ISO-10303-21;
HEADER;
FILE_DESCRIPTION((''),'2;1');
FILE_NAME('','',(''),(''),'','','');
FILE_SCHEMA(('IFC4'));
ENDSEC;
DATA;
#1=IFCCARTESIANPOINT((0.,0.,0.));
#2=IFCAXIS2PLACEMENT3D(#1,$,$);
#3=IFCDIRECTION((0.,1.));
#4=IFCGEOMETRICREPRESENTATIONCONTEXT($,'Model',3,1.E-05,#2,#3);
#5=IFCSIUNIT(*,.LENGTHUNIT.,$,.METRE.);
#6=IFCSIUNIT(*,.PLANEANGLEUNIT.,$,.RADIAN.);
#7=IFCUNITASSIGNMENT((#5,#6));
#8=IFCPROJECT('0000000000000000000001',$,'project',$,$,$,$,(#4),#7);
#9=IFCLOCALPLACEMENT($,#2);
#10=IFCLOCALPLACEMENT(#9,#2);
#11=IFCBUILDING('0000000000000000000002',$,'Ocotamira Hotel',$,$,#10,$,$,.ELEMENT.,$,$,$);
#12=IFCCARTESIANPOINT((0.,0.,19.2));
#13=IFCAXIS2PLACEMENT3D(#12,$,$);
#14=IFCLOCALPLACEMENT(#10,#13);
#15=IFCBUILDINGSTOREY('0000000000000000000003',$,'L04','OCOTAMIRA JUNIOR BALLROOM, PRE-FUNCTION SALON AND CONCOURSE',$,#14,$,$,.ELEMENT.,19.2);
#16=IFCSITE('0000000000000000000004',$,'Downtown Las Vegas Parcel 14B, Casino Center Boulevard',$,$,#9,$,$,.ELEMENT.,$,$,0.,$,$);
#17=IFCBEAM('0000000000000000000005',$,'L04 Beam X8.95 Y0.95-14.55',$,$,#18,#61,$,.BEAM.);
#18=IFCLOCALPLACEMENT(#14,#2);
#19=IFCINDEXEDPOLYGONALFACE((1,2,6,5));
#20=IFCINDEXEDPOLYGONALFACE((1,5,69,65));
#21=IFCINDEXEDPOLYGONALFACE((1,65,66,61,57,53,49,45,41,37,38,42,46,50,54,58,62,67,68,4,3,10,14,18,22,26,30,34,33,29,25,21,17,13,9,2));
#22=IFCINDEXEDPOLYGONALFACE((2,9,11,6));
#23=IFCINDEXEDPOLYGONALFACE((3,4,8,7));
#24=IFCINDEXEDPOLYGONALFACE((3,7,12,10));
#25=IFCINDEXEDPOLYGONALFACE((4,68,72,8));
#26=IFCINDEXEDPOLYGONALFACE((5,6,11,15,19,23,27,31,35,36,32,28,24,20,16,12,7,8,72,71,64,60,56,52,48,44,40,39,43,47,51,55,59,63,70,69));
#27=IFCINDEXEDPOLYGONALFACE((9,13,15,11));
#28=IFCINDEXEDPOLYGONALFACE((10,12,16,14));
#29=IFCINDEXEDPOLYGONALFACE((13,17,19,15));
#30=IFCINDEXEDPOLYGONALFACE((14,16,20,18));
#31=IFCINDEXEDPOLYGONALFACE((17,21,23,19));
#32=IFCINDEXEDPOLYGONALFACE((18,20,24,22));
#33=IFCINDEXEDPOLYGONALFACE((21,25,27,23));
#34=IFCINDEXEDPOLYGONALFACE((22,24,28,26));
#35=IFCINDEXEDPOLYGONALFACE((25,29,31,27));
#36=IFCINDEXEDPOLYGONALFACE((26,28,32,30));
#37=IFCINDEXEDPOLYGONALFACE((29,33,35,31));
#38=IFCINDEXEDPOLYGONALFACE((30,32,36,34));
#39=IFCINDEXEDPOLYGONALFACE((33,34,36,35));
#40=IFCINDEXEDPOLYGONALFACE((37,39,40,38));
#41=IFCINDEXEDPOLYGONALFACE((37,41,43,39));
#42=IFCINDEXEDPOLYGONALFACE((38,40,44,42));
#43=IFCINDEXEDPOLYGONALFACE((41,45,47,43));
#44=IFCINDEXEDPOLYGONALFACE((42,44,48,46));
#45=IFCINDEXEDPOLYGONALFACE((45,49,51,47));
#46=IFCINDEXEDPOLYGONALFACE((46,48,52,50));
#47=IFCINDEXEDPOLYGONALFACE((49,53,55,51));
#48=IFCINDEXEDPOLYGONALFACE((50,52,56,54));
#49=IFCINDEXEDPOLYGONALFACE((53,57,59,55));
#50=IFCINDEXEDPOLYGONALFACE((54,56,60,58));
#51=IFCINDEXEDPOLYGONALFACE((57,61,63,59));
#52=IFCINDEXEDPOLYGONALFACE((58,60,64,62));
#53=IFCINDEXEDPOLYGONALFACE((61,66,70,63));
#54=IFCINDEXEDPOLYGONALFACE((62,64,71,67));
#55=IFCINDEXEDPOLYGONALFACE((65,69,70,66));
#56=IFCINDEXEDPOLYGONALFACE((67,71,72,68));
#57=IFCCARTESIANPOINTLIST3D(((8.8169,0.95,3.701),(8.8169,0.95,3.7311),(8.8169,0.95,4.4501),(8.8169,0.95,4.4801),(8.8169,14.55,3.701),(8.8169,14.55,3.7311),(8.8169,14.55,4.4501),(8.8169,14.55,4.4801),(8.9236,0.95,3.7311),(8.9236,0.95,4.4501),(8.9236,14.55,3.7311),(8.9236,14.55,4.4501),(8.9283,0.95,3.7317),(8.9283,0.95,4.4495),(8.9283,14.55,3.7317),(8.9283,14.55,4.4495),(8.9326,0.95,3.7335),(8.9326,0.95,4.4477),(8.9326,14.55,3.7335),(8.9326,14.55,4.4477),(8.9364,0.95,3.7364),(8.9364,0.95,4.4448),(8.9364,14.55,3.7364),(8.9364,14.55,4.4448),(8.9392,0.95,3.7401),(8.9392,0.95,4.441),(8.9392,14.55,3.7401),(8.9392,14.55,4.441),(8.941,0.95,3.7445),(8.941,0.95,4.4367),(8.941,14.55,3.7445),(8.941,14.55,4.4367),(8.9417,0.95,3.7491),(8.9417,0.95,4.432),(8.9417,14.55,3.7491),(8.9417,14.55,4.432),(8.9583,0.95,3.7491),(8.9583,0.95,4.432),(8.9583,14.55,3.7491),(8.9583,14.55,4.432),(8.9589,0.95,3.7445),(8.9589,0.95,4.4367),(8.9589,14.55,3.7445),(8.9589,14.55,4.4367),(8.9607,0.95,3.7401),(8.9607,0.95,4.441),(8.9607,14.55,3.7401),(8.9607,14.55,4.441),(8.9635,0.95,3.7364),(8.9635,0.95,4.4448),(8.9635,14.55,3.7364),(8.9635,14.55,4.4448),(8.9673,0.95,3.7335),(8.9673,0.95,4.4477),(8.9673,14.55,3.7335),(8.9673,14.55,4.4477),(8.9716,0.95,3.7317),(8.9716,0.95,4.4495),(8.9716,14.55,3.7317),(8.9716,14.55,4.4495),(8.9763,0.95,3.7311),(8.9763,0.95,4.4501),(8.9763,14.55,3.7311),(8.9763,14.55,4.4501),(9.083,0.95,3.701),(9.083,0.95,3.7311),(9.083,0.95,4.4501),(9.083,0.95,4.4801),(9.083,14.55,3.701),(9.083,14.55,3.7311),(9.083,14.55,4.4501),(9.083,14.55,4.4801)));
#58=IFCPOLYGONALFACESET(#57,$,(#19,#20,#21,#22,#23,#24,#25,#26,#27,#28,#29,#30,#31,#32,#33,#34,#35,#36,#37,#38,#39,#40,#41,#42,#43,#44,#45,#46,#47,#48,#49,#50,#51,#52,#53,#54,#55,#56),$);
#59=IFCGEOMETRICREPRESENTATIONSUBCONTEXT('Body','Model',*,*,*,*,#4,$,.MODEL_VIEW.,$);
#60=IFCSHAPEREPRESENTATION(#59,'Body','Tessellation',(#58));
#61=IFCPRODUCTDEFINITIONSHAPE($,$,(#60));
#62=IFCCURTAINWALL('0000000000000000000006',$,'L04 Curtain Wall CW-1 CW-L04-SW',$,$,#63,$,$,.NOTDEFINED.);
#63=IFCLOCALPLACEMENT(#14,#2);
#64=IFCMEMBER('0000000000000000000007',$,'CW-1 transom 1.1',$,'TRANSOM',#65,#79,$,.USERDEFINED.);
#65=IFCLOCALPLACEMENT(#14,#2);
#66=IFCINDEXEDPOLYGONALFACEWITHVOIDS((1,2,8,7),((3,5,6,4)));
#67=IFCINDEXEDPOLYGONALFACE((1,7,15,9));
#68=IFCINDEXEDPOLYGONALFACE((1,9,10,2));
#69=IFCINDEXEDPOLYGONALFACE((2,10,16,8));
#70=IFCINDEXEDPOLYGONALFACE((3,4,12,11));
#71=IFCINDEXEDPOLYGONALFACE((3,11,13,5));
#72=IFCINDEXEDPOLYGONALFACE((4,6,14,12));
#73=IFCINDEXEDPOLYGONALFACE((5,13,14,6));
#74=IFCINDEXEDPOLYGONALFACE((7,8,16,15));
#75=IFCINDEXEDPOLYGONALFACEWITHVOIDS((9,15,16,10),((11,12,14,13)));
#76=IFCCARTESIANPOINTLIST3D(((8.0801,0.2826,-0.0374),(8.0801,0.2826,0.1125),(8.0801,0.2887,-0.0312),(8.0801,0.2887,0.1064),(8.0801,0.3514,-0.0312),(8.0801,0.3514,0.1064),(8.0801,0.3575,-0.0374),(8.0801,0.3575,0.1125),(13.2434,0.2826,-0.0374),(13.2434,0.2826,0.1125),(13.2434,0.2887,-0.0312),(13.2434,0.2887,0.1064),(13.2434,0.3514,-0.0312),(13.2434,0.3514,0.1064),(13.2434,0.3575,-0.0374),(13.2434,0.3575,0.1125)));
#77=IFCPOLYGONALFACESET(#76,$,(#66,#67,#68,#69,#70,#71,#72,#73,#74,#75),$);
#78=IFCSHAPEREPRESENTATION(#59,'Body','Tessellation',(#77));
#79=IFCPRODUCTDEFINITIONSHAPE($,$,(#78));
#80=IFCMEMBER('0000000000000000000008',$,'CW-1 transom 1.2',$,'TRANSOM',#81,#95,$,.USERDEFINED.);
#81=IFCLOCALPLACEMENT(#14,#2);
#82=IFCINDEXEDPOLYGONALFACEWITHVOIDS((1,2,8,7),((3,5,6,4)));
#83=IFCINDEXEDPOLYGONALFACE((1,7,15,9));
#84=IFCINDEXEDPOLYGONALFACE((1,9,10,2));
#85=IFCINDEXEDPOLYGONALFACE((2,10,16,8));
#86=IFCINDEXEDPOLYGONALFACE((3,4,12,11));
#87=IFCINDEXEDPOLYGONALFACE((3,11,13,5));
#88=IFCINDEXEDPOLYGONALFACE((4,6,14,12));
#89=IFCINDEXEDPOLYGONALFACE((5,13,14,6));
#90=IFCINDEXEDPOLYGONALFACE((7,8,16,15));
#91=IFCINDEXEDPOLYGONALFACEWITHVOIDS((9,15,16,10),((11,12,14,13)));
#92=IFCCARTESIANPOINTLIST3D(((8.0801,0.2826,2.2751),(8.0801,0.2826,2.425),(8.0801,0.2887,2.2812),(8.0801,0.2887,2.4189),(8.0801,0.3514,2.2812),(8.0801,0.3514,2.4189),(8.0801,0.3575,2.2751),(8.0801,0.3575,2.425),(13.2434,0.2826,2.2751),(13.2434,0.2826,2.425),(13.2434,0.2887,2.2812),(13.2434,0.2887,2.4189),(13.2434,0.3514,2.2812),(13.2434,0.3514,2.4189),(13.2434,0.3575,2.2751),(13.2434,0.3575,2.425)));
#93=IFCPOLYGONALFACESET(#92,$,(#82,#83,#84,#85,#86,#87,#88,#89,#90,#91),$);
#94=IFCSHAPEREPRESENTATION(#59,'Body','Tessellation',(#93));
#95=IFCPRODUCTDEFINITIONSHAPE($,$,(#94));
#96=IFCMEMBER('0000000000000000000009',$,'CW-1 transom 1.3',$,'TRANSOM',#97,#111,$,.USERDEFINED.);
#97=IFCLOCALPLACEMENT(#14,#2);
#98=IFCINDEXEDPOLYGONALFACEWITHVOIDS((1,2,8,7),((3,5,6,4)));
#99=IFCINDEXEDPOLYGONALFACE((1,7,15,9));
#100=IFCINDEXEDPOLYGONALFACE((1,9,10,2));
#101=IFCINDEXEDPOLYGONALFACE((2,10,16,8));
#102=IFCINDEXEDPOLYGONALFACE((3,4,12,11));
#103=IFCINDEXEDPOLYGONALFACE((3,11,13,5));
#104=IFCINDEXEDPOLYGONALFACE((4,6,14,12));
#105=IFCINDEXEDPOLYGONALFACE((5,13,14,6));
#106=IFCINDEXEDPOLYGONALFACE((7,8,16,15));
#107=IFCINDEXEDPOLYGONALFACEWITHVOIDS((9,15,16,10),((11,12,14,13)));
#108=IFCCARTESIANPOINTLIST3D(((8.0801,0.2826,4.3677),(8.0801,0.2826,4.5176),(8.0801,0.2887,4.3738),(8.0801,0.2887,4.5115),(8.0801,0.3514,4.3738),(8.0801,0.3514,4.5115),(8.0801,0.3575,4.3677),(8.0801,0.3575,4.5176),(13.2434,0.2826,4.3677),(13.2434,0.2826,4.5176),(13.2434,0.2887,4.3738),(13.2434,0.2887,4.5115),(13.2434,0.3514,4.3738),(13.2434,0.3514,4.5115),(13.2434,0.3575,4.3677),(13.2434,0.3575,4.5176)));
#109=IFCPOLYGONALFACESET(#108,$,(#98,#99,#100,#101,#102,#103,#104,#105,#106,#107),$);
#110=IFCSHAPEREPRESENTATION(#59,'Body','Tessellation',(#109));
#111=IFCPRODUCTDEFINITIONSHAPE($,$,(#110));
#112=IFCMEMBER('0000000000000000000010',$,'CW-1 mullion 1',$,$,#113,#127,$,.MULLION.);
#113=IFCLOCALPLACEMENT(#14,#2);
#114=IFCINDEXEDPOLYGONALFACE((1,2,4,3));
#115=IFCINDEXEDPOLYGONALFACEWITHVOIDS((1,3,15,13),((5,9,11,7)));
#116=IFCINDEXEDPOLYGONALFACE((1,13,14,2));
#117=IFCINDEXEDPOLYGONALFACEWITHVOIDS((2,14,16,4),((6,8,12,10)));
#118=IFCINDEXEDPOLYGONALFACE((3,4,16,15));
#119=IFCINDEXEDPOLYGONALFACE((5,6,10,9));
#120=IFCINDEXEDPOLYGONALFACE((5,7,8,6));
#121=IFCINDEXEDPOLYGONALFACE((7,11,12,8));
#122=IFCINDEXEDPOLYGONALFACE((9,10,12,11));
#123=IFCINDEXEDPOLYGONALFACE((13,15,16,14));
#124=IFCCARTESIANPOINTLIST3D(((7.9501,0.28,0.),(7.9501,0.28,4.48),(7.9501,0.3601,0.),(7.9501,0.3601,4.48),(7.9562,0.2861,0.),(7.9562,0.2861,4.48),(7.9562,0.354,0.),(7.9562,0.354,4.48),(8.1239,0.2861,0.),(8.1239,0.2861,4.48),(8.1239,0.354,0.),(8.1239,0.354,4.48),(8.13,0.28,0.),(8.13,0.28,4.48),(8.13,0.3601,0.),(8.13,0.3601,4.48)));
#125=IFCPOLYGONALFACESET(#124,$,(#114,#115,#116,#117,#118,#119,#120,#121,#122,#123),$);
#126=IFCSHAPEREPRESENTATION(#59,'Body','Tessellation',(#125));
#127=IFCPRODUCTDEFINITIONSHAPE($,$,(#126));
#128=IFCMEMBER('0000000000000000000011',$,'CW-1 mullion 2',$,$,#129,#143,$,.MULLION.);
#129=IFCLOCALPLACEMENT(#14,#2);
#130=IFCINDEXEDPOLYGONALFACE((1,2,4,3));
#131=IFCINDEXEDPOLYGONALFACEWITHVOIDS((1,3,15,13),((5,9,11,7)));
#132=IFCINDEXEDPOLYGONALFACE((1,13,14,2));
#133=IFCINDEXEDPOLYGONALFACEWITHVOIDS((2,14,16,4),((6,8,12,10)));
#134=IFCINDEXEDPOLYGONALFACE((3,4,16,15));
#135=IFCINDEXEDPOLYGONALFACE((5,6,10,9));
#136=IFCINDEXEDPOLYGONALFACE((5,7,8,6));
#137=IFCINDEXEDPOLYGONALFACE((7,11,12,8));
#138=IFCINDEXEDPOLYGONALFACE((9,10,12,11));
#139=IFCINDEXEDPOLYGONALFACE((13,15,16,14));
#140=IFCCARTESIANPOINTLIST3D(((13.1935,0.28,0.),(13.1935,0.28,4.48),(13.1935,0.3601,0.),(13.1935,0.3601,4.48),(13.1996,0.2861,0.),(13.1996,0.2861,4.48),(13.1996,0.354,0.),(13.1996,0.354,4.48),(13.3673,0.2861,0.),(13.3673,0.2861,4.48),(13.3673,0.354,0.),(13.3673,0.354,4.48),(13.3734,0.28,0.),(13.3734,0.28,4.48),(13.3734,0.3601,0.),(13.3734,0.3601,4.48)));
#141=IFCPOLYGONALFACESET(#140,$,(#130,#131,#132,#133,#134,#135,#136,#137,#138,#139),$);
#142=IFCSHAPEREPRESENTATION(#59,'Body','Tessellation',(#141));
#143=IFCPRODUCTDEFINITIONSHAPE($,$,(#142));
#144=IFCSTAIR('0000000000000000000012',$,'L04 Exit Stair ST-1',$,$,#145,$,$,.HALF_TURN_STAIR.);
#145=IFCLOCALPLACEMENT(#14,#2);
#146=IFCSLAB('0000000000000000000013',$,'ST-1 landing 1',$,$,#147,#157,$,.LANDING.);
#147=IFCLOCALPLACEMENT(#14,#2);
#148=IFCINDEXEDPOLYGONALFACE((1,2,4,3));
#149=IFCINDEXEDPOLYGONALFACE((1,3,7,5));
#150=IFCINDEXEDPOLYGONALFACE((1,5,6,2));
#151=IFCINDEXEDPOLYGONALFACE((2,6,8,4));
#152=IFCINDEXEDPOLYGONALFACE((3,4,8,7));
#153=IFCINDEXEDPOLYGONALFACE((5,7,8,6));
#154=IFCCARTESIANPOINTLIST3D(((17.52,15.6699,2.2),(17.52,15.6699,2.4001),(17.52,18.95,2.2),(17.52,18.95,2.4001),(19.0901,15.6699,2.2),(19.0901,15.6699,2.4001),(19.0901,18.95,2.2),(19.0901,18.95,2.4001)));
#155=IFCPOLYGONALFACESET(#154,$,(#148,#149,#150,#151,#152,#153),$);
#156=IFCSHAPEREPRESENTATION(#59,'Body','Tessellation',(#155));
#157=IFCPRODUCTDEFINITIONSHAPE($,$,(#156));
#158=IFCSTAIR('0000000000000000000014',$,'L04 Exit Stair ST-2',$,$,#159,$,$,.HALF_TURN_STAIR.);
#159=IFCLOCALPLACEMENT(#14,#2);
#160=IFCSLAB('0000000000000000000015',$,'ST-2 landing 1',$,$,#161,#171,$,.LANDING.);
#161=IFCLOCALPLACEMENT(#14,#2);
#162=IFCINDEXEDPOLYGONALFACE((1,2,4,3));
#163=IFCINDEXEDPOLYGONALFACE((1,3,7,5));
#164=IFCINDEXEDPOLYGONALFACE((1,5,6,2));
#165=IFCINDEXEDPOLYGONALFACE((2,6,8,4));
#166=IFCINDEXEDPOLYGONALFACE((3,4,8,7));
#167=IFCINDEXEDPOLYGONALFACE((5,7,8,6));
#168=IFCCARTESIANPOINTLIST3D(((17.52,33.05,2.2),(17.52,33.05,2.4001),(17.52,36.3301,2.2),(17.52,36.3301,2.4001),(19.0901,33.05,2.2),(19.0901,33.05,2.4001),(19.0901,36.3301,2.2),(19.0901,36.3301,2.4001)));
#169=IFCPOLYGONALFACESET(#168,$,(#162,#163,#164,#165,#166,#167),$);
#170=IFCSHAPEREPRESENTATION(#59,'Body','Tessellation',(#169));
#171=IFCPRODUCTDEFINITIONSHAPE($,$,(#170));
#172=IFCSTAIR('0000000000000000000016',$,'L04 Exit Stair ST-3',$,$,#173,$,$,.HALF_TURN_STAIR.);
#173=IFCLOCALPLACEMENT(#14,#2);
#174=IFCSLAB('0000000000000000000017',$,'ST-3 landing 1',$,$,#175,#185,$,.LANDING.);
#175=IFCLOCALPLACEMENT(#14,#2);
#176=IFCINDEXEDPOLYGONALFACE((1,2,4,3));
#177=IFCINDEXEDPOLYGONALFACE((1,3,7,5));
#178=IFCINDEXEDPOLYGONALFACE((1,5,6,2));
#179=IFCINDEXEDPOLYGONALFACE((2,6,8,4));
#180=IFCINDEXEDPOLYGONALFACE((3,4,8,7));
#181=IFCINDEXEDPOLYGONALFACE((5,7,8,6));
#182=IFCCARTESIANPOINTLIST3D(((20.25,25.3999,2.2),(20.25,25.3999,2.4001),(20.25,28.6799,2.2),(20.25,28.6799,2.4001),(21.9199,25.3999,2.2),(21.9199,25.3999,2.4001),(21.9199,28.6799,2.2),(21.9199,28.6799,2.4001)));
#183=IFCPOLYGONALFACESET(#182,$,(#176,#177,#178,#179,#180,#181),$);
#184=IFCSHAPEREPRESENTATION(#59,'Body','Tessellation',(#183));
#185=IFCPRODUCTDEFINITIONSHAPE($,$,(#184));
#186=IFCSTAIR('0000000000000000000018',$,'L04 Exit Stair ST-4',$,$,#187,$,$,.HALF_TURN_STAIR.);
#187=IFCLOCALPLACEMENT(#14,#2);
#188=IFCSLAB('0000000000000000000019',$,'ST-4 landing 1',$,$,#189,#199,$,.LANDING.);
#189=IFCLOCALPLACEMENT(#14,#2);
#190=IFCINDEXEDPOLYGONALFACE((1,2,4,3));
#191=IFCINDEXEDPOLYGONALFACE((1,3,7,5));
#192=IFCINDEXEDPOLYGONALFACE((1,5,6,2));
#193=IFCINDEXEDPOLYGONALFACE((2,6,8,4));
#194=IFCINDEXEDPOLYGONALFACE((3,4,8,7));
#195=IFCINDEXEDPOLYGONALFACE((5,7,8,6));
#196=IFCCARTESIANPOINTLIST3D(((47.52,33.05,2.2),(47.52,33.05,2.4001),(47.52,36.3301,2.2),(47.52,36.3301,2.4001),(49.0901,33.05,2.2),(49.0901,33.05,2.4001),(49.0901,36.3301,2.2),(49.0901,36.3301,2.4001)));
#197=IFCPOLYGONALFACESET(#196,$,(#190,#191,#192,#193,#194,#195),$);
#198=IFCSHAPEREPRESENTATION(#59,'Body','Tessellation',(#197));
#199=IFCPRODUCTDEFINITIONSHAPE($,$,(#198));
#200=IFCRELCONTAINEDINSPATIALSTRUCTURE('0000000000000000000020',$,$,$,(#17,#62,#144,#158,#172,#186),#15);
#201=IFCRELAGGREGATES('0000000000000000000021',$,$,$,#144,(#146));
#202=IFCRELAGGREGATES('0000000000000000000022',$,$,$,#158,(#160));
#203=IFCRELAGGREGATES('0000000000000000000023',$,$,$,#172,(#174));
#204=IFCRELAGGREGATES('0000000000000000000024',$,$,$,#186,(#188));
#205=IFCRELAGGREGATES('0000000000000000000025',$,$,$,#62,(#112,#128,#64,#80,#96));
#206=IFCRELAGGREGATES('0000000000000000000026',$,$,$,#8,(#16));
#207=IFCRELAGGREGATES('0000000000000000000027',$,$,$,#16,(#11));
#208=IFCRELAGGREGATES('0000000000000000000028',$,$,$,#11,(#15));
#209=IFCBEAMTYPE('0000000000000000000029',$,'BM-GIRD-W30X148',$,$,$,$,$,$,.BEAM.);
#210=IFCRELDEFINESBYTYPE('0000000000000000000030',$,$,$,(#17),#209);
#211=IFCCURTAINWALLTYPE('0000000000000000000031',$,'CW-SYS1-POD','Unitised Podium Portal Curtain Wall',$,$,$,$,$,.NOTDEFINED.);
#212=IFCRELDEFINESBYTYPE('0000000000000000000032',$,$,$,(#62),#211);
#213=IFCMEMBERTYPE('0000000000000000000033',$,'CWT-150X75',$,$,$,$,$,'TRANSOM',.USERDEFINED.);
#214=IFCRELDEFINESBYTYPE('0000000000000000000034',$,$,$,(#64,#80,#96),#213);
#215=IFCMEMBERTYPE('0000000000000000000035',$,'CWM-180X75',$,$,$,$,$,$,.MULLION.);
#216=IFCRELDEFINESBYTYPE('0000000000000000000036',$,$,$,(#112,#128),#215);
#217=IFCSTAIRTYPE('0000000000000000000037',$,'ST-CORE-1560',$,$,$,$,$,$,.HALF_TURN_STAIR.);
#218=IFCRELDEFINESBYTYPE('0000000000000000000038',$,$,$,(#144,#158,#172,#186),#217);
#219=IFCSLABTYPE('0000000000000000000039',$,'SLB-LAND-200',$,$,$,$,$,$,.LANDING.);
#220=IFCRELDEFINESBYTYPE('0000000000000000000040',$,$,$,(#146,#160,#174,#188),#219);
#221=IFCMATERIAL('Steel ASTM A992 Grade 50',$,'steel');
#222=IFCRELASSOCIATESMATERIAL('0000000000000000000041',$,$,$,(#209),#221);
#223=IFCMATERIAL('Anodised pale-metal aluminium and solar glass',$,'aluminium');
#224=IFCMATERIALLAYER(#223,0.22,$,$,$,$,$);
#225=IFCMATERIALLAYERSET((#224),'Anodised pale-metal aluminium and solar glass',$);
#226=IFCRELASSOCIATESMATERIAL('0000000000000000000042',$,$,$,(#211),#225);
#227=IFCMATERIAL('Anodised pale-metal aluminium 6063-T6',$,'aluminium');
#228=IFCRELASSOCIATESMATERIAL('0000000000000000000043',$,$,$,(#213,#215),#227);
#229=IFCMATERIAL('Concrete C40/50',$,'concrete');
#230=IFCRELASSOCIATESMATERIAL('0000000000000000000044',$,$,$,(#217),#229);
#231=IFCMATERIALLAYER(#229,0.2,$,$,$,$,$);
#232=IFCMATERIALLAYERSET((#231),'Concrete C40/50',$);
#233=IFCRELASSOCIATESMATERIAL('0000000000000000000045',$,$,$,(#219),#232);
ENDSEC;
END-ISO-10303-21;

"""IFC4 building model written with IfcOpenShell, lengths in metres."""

from ifc_helpers import new_model, si_unit, direction, frame, origin, origin_2d, place, context, subcontext, project, spatial, polyline, hollow_rectangle, i_section, outline, extrude, source, transform, mapped, material, layer, layer_set, material_profile, profile_set, type_object, element, aggregate, save


model = new_model("IFC4")

# Units and contexts
model_context = context("Model", 3, precision=1e-05, world=origin(), true_north=direction((0.0, 1.0)))
body_context = subcontext(model_context, "Body", "Model", "MODEL_VIEW")
ifc_project = project(units=[si_unit("LENGTHUNIT", "METRE"), si_unit("PLANEANGLEUNIT", "RADIAN")], contexts=[model_context])

# Site, building, storey
site_placement = place(None, origin())
site = spatial("IfcSite", under=ifc_project, at=site_placement, Name="Downtown Las Vegas Parcel 14B, Casino Center Boulevard", CompositionType="ELEMENT", RefElevation=0.0)
building_placement = place(site_placement, origin())
building = spatial("IfcBuilding", under=site, at=building_placement, Name="Ocotamira Hotel", CompositionType="ELEMENT")
storey_placement = place(building_placement, frame((0.0, 0.0, 19.2)))
storey = spatial("IfcBuildingStorey", under=building, at=storey_placement, Name="L04", Description="OCOTAMIRA JUNIOR BALLROOM, PRE-FUNCTION SALON AND CONCOURSE", CompositionType="ELEMENT", Elevation=19.2)

# Beam
ifc_material_1 = material(Name="Steel ASTM A992 Grade 50", Category="steel")
ifc_material_profile_1 = material_profile(ifc_material_1, i_section(OverallWidth=0.2661, OverallDepth=0.7791, WebThickness=0.0166, FlangeThickness=0.03, FilletRadius=0.0181, at=origin_2d()), Name="W30X148")
ifc_profile_set_1 = profile_set([ifc_material_profile_1], Name="Steel ASTM A992 Grade 50")
beam_type_1 = type_object("IfcBeamType", Name="BM-GIRD-W30X148", PredefinedType="BEAM", material=ifc_profile_set_1)
shared_shape_1 = source(origin(), body_context, "Body", "SweptSolid", [
    extrude(i_section(OverallWidth=0.2661, OverallDepth=0.7791, WebThickness=0.0166, FlangeThickness=0.03, FilletRadius=0.0181, at=origin_2d()), origin(), (0.0, 0.0, 1.0), 13.6001),
])
beam_1_placement = place(storey_placement, frame((8.95, 0.95, 4.0906), z_axis=(0.0, 1.0, 0.0), x_axis=(-1.0, 0.0, 0.0)))
element("IfcBeam", 1, at=beam_1_placement, inside=storey, type_object=beam_type_1, Name="L04 Beam X8.95 Y0.95-14.55", PredefinedType="BEAM", context=body_context, shape_type="MappedRepresentation", body=[
    mapped(shared_shape_1, transform((0.0, 0.0, 0.0), scale=1.0)),
])

# Curtain wall, members
ifc_material_2 = material(Name="Anodised pale-metal aluminium and solar glass", Category="aluminium")
ifc_layer_1 = layer(ifc_material_2, 0.22)
ifc_layer_set_1 = layer_set([ifc_layer_1], Name="Anodised pale-metal aluminium and solar glass")
curtain_wall_type = type_object("IfcCurtainWallType", Name="CW-SYS1-POD", Description="Unitised Podium Portal Curtain Wall", PredefinedType="NOTDEFINED", material=ifc_layer_set_1)
curtain_wall_placement = place(storey_placement, origin())
curtain_wall = element("IfcCurtainWall", 2, at=curtain_wall_placement, inside=storey, type_object=curtain_wall_type, Name="L04 Curtain Wall CW-1 CW-L04-SW", PredefinedType="NOTDEFINED")
ifc_material_3 = material(Name="Anodised pale-metal aluminium 6063-T6", Category="aluminium")
ifc_material_profile_2 = material_profile(ifc_material_3, hollow_rectangle(XDim=0.075, YDim=0.1499, WallThickness=0.0061, at=origin_2d()), Name="HSS150X75X6")
ifc_profile_set_2 = profile_set([ifc_material_profile_2], Name="Anodised pale-metal aluminium 6063-T6")
member_type_1 = type_object("IfcMemberType", Name="CWT-150X75", ElementType="TRANSOM", PredefinedType="USERDEFINED", material=ifc_profile_set_2)
shared_shape_2 = source(origin(), body_context, "Body", "SweptSolid", [
    extrude(hollow_rectangle(XDim=0.075, YDim=0.1499, WallThickness=0.0061, at=origin_2d()), origin(), (0.0, 0.0, 1.0), 5.1633),
])
member_1_placement = place(storey_placement, frame((8.0801, 0.3201, 0.0376), z_axis=(1.0, 0.0, 0.0), x_axis=(0.0, 1.0, 0.0)))
member_1 = element("IfcMember", 3, at=member_1_placement, type_object=member_type_1, Name="CW-1 transom 1.1", ObjectType="TRANSOM", PredefinedType="USERDEFINED", context=body_context, shape_type="MappedRepresentation", body=[
    mapped(shared_shape_2, transform((0.0, 0.0, 0.0), scale=1.0)),
])
member_2_placement = place(storey_placement, frame((8.0801, 0.3201, 2.3501), z_axis=(1.0, 0.0, 0.0), x_axis=(0.0, 1.0, 0.0)))
member_2 = element("IfcMember", 4, at=member_2_placement, type_object=member_type_1, Name="CW-1 transom 1.2", ObjectType="TRANSOM", PredefinedType="USERDEFINED", context=body_context, shape_type="MappedRepresentation", body=[
    mapped(shared_shape_2, transform((0.0, 0.0, 0.0), scale=1.0)),
])
member_3_placement = place(storey_placement, frame((8.0801, 0.3201, 4.4426), z_axis=(1.0, 0.0, 0.0), x_axis=(0.0, 1.0, 0.0)))
member_3 = element("IfcMember", 5, at=member_3_placement, type_object=member_type_1, Name="CW-1 transom 1.3", ObjectType="TRANSOM", PredefinedType="USERDEFINED", context=body_context, shape_type="MappedRepresentation", body=[
    mapped(shared_shape_2, transform((0.0, 0.0, 0.0), scale=1.0)),
])
ifc_material_profile_3 = material_profile(ifc_material_3, hollow_rectangle(XDim=0.0801, YDim=0.1799, WallThickness=0.0061, at=origin_2d()), Name="HSS180X80X6")
ifc_profile_set_3 = profile_set([ifc_material_profile_3], Name="Anodised pale-metal aluminium 6063-T6")
member_type_2 = type_object("IfcMemberType", Name="CWM-180X75", PredefinedType="MULLION", material=ifc_profile_set_3)
shared_shape_3 = source(origin(), body_context, "Body", "SweptSolid", [
    extrude(hollow_rectangle(XDim=0.0801, YDim=0.1799, WallThickness=0.0061, at=origin_2d()), origin(), (0.0, 0.0, 1.0), 4.48),
])
member_4_placement = place(storey_placement, frame((8.04, 0.3201, 0.0), z_axis=(0.0, 0.0, 1.0), x_axis=(0.0, 1.0, 0.0)))
member_4 = element("IfcMember", 6, at=member_4_placement, type_object=member_type_2, Name="CW-1 mullion 1", PredefinedType="MULLION", context=body_context, shape_type="MappedRepresentation", body=[
    mapped(shared_shape_3, transform((0.0, 0.0, 0.0), scale=1.0)),
])
member_5_placement = place(storey_placement, frame((13.2834, 0.3201, 0.0), z_axis=(0.0, 0.0, 1.0), x_axis=(0.0, 1.0, 0.0)))
member_5 = element("IfcMember", 7, at=member_5_placement, type_object=member_type_2, Name="CW-1 mullion 2", PredefinedType="MULLION", context=body_context, shape_type="MappedRepresentation", body=[
    mapped(shared_shape_3, transform((0.0, 0.0, 0.0), scale=1.0)),
])

# Stairs, slabs
ifc_material_4 = material(Name="Concrete C40/50", Category="concrete")
stair_type_1 = type_object("IfcStairType", Name="ST-CORE-1560", PredefinedType="HALF_TURN_STAIR", material=ifc_material_4)
stair_1_placement = place(storey_placement, origin())
stair_1 = element("IfcStair", 8, at=stair_1_placement, inside=storey, type_object=stair_type_1, Name="L04 Exit Stair ST-1", PredefinedType="HALF_TURN_STAIR")
ifc_layer_2 = layer(ifc_material_4, 0.2)
ifc_layer_set_2 = layer_set([ifc_layer_2], Name="Concrete C40/50")
slab_type_1 = type_object("IfcSlabType", Name="SLB-LAND-200", PredefinedType="LANDING", material=ifc_layer_set_2)
slab_1_placement = place(storey_placement, frame((0.0, 0.0, 2.2)))
slab_1 = element("IfcSlab", 9, at=slab_1_placement, type_object=slab_type_1, Name="ST-1 landing 1", PredefinedType="LANDING", context=body_context, shape_type="SweptSolid", body=[
    extrude(outline(polyline([(17.52, 15.6699), (19.0901, 15.6699), (19.0901, 18.95), (17.52, 18.95), (17.52, 15.6699)])), origin(), (0.0, 0.0, 1.0), 0.2002),
])
aggregate(stair_1, [slab_1])
stair_2_placement = place(storey_placement, origin())
stair_2 = element("IfcStair", 10, at=stair_2_placement, inside=storey, type_object=stair_type_1, Name="L04 Exit Stair ST-2", PredefinedType="HALF_TURN_STAIR")
slab_2_placement = place(storey_placement, frame((0.0, 0.0, 2.2)))
slab_2 = element("IfcSlab", 11, at=slab_2_placement, type_object=slab_type_1, Name="ST-2 landing 1", PredefinedType="LANDING", context=body_context, shape_type="SweptSolid", body=[
    extrude(outline(polyline([(17.52, 33.05), (19.0901, 33.05), (19.0901, 36.3301), (17.52, 36.3301), (17.52, 33.05)])), origin(), (0.0, 0.0, 1.0), 0.2002),
])
aggregate(stair_2, [slab_2])
stair_3_placement = place(storey_placement, origin())
stair_3 = element("IfcStair", 12, at=stair_3_placement, inside=storey, type_object=stair_type_1, Name="L04 Exit Stair ST-3", PredefinedType="HALF_TURN_STAIR")
slab_3_placement = place(storey_placement, frame((0.0, 0.0, 2.2)))
slab_3 = element("IfcSlab", 13, at=slab_3_placement, type_object=slab_type_1, Name="ST-3 landing 1", PredefinedType="LANDING", context=body_context, shape_type="SweptSolid", body=[
    extrude(outline(polyline([(20.25, 25.3999), (21.9199, 25.3999), (21.9199, 28.6799), (20.25, 28.6799), (20.25, 25.3999)])), origin(), (0.0, 0.0, 1.0), 0.2002),
])
aggregate(stair_3, [slab_3])
stair_4_placement = place(storey_placement, origin())
stair_4 = element("IfcStair", 14, at=stair_4_placement, inside=storey, type_object=stair_type_1, Name="L04 Exit Stair ST-4", PredefinedType="HALF_TURN_STAIR")
slab_4_placement = place(storey_placement, frame((0.0, 0.0, 2.2)))
slab_4 = element("IfcSlab", 15, at=slab_4_placement, type_object=slab_type_1, Name="ST-4 landing 1", PredefinedType="LANDING", context=body_context, shape_type="SweptSolid", body=[
    extrude(outline(polyline([(47.52, 33.05), (49.0901, 33.05), (49.0901, 36.3301), (47.52, 36.3301), (47.52, 33.05)])), origin(), (0.0, 0.0, 1.0), 0.2002),
])
aggregate(stair_4, [slab_4])

aggregate(curtain_wall, [member_4, member_5, member_1, member_2, member_3])

save(model, "model.ifc")
